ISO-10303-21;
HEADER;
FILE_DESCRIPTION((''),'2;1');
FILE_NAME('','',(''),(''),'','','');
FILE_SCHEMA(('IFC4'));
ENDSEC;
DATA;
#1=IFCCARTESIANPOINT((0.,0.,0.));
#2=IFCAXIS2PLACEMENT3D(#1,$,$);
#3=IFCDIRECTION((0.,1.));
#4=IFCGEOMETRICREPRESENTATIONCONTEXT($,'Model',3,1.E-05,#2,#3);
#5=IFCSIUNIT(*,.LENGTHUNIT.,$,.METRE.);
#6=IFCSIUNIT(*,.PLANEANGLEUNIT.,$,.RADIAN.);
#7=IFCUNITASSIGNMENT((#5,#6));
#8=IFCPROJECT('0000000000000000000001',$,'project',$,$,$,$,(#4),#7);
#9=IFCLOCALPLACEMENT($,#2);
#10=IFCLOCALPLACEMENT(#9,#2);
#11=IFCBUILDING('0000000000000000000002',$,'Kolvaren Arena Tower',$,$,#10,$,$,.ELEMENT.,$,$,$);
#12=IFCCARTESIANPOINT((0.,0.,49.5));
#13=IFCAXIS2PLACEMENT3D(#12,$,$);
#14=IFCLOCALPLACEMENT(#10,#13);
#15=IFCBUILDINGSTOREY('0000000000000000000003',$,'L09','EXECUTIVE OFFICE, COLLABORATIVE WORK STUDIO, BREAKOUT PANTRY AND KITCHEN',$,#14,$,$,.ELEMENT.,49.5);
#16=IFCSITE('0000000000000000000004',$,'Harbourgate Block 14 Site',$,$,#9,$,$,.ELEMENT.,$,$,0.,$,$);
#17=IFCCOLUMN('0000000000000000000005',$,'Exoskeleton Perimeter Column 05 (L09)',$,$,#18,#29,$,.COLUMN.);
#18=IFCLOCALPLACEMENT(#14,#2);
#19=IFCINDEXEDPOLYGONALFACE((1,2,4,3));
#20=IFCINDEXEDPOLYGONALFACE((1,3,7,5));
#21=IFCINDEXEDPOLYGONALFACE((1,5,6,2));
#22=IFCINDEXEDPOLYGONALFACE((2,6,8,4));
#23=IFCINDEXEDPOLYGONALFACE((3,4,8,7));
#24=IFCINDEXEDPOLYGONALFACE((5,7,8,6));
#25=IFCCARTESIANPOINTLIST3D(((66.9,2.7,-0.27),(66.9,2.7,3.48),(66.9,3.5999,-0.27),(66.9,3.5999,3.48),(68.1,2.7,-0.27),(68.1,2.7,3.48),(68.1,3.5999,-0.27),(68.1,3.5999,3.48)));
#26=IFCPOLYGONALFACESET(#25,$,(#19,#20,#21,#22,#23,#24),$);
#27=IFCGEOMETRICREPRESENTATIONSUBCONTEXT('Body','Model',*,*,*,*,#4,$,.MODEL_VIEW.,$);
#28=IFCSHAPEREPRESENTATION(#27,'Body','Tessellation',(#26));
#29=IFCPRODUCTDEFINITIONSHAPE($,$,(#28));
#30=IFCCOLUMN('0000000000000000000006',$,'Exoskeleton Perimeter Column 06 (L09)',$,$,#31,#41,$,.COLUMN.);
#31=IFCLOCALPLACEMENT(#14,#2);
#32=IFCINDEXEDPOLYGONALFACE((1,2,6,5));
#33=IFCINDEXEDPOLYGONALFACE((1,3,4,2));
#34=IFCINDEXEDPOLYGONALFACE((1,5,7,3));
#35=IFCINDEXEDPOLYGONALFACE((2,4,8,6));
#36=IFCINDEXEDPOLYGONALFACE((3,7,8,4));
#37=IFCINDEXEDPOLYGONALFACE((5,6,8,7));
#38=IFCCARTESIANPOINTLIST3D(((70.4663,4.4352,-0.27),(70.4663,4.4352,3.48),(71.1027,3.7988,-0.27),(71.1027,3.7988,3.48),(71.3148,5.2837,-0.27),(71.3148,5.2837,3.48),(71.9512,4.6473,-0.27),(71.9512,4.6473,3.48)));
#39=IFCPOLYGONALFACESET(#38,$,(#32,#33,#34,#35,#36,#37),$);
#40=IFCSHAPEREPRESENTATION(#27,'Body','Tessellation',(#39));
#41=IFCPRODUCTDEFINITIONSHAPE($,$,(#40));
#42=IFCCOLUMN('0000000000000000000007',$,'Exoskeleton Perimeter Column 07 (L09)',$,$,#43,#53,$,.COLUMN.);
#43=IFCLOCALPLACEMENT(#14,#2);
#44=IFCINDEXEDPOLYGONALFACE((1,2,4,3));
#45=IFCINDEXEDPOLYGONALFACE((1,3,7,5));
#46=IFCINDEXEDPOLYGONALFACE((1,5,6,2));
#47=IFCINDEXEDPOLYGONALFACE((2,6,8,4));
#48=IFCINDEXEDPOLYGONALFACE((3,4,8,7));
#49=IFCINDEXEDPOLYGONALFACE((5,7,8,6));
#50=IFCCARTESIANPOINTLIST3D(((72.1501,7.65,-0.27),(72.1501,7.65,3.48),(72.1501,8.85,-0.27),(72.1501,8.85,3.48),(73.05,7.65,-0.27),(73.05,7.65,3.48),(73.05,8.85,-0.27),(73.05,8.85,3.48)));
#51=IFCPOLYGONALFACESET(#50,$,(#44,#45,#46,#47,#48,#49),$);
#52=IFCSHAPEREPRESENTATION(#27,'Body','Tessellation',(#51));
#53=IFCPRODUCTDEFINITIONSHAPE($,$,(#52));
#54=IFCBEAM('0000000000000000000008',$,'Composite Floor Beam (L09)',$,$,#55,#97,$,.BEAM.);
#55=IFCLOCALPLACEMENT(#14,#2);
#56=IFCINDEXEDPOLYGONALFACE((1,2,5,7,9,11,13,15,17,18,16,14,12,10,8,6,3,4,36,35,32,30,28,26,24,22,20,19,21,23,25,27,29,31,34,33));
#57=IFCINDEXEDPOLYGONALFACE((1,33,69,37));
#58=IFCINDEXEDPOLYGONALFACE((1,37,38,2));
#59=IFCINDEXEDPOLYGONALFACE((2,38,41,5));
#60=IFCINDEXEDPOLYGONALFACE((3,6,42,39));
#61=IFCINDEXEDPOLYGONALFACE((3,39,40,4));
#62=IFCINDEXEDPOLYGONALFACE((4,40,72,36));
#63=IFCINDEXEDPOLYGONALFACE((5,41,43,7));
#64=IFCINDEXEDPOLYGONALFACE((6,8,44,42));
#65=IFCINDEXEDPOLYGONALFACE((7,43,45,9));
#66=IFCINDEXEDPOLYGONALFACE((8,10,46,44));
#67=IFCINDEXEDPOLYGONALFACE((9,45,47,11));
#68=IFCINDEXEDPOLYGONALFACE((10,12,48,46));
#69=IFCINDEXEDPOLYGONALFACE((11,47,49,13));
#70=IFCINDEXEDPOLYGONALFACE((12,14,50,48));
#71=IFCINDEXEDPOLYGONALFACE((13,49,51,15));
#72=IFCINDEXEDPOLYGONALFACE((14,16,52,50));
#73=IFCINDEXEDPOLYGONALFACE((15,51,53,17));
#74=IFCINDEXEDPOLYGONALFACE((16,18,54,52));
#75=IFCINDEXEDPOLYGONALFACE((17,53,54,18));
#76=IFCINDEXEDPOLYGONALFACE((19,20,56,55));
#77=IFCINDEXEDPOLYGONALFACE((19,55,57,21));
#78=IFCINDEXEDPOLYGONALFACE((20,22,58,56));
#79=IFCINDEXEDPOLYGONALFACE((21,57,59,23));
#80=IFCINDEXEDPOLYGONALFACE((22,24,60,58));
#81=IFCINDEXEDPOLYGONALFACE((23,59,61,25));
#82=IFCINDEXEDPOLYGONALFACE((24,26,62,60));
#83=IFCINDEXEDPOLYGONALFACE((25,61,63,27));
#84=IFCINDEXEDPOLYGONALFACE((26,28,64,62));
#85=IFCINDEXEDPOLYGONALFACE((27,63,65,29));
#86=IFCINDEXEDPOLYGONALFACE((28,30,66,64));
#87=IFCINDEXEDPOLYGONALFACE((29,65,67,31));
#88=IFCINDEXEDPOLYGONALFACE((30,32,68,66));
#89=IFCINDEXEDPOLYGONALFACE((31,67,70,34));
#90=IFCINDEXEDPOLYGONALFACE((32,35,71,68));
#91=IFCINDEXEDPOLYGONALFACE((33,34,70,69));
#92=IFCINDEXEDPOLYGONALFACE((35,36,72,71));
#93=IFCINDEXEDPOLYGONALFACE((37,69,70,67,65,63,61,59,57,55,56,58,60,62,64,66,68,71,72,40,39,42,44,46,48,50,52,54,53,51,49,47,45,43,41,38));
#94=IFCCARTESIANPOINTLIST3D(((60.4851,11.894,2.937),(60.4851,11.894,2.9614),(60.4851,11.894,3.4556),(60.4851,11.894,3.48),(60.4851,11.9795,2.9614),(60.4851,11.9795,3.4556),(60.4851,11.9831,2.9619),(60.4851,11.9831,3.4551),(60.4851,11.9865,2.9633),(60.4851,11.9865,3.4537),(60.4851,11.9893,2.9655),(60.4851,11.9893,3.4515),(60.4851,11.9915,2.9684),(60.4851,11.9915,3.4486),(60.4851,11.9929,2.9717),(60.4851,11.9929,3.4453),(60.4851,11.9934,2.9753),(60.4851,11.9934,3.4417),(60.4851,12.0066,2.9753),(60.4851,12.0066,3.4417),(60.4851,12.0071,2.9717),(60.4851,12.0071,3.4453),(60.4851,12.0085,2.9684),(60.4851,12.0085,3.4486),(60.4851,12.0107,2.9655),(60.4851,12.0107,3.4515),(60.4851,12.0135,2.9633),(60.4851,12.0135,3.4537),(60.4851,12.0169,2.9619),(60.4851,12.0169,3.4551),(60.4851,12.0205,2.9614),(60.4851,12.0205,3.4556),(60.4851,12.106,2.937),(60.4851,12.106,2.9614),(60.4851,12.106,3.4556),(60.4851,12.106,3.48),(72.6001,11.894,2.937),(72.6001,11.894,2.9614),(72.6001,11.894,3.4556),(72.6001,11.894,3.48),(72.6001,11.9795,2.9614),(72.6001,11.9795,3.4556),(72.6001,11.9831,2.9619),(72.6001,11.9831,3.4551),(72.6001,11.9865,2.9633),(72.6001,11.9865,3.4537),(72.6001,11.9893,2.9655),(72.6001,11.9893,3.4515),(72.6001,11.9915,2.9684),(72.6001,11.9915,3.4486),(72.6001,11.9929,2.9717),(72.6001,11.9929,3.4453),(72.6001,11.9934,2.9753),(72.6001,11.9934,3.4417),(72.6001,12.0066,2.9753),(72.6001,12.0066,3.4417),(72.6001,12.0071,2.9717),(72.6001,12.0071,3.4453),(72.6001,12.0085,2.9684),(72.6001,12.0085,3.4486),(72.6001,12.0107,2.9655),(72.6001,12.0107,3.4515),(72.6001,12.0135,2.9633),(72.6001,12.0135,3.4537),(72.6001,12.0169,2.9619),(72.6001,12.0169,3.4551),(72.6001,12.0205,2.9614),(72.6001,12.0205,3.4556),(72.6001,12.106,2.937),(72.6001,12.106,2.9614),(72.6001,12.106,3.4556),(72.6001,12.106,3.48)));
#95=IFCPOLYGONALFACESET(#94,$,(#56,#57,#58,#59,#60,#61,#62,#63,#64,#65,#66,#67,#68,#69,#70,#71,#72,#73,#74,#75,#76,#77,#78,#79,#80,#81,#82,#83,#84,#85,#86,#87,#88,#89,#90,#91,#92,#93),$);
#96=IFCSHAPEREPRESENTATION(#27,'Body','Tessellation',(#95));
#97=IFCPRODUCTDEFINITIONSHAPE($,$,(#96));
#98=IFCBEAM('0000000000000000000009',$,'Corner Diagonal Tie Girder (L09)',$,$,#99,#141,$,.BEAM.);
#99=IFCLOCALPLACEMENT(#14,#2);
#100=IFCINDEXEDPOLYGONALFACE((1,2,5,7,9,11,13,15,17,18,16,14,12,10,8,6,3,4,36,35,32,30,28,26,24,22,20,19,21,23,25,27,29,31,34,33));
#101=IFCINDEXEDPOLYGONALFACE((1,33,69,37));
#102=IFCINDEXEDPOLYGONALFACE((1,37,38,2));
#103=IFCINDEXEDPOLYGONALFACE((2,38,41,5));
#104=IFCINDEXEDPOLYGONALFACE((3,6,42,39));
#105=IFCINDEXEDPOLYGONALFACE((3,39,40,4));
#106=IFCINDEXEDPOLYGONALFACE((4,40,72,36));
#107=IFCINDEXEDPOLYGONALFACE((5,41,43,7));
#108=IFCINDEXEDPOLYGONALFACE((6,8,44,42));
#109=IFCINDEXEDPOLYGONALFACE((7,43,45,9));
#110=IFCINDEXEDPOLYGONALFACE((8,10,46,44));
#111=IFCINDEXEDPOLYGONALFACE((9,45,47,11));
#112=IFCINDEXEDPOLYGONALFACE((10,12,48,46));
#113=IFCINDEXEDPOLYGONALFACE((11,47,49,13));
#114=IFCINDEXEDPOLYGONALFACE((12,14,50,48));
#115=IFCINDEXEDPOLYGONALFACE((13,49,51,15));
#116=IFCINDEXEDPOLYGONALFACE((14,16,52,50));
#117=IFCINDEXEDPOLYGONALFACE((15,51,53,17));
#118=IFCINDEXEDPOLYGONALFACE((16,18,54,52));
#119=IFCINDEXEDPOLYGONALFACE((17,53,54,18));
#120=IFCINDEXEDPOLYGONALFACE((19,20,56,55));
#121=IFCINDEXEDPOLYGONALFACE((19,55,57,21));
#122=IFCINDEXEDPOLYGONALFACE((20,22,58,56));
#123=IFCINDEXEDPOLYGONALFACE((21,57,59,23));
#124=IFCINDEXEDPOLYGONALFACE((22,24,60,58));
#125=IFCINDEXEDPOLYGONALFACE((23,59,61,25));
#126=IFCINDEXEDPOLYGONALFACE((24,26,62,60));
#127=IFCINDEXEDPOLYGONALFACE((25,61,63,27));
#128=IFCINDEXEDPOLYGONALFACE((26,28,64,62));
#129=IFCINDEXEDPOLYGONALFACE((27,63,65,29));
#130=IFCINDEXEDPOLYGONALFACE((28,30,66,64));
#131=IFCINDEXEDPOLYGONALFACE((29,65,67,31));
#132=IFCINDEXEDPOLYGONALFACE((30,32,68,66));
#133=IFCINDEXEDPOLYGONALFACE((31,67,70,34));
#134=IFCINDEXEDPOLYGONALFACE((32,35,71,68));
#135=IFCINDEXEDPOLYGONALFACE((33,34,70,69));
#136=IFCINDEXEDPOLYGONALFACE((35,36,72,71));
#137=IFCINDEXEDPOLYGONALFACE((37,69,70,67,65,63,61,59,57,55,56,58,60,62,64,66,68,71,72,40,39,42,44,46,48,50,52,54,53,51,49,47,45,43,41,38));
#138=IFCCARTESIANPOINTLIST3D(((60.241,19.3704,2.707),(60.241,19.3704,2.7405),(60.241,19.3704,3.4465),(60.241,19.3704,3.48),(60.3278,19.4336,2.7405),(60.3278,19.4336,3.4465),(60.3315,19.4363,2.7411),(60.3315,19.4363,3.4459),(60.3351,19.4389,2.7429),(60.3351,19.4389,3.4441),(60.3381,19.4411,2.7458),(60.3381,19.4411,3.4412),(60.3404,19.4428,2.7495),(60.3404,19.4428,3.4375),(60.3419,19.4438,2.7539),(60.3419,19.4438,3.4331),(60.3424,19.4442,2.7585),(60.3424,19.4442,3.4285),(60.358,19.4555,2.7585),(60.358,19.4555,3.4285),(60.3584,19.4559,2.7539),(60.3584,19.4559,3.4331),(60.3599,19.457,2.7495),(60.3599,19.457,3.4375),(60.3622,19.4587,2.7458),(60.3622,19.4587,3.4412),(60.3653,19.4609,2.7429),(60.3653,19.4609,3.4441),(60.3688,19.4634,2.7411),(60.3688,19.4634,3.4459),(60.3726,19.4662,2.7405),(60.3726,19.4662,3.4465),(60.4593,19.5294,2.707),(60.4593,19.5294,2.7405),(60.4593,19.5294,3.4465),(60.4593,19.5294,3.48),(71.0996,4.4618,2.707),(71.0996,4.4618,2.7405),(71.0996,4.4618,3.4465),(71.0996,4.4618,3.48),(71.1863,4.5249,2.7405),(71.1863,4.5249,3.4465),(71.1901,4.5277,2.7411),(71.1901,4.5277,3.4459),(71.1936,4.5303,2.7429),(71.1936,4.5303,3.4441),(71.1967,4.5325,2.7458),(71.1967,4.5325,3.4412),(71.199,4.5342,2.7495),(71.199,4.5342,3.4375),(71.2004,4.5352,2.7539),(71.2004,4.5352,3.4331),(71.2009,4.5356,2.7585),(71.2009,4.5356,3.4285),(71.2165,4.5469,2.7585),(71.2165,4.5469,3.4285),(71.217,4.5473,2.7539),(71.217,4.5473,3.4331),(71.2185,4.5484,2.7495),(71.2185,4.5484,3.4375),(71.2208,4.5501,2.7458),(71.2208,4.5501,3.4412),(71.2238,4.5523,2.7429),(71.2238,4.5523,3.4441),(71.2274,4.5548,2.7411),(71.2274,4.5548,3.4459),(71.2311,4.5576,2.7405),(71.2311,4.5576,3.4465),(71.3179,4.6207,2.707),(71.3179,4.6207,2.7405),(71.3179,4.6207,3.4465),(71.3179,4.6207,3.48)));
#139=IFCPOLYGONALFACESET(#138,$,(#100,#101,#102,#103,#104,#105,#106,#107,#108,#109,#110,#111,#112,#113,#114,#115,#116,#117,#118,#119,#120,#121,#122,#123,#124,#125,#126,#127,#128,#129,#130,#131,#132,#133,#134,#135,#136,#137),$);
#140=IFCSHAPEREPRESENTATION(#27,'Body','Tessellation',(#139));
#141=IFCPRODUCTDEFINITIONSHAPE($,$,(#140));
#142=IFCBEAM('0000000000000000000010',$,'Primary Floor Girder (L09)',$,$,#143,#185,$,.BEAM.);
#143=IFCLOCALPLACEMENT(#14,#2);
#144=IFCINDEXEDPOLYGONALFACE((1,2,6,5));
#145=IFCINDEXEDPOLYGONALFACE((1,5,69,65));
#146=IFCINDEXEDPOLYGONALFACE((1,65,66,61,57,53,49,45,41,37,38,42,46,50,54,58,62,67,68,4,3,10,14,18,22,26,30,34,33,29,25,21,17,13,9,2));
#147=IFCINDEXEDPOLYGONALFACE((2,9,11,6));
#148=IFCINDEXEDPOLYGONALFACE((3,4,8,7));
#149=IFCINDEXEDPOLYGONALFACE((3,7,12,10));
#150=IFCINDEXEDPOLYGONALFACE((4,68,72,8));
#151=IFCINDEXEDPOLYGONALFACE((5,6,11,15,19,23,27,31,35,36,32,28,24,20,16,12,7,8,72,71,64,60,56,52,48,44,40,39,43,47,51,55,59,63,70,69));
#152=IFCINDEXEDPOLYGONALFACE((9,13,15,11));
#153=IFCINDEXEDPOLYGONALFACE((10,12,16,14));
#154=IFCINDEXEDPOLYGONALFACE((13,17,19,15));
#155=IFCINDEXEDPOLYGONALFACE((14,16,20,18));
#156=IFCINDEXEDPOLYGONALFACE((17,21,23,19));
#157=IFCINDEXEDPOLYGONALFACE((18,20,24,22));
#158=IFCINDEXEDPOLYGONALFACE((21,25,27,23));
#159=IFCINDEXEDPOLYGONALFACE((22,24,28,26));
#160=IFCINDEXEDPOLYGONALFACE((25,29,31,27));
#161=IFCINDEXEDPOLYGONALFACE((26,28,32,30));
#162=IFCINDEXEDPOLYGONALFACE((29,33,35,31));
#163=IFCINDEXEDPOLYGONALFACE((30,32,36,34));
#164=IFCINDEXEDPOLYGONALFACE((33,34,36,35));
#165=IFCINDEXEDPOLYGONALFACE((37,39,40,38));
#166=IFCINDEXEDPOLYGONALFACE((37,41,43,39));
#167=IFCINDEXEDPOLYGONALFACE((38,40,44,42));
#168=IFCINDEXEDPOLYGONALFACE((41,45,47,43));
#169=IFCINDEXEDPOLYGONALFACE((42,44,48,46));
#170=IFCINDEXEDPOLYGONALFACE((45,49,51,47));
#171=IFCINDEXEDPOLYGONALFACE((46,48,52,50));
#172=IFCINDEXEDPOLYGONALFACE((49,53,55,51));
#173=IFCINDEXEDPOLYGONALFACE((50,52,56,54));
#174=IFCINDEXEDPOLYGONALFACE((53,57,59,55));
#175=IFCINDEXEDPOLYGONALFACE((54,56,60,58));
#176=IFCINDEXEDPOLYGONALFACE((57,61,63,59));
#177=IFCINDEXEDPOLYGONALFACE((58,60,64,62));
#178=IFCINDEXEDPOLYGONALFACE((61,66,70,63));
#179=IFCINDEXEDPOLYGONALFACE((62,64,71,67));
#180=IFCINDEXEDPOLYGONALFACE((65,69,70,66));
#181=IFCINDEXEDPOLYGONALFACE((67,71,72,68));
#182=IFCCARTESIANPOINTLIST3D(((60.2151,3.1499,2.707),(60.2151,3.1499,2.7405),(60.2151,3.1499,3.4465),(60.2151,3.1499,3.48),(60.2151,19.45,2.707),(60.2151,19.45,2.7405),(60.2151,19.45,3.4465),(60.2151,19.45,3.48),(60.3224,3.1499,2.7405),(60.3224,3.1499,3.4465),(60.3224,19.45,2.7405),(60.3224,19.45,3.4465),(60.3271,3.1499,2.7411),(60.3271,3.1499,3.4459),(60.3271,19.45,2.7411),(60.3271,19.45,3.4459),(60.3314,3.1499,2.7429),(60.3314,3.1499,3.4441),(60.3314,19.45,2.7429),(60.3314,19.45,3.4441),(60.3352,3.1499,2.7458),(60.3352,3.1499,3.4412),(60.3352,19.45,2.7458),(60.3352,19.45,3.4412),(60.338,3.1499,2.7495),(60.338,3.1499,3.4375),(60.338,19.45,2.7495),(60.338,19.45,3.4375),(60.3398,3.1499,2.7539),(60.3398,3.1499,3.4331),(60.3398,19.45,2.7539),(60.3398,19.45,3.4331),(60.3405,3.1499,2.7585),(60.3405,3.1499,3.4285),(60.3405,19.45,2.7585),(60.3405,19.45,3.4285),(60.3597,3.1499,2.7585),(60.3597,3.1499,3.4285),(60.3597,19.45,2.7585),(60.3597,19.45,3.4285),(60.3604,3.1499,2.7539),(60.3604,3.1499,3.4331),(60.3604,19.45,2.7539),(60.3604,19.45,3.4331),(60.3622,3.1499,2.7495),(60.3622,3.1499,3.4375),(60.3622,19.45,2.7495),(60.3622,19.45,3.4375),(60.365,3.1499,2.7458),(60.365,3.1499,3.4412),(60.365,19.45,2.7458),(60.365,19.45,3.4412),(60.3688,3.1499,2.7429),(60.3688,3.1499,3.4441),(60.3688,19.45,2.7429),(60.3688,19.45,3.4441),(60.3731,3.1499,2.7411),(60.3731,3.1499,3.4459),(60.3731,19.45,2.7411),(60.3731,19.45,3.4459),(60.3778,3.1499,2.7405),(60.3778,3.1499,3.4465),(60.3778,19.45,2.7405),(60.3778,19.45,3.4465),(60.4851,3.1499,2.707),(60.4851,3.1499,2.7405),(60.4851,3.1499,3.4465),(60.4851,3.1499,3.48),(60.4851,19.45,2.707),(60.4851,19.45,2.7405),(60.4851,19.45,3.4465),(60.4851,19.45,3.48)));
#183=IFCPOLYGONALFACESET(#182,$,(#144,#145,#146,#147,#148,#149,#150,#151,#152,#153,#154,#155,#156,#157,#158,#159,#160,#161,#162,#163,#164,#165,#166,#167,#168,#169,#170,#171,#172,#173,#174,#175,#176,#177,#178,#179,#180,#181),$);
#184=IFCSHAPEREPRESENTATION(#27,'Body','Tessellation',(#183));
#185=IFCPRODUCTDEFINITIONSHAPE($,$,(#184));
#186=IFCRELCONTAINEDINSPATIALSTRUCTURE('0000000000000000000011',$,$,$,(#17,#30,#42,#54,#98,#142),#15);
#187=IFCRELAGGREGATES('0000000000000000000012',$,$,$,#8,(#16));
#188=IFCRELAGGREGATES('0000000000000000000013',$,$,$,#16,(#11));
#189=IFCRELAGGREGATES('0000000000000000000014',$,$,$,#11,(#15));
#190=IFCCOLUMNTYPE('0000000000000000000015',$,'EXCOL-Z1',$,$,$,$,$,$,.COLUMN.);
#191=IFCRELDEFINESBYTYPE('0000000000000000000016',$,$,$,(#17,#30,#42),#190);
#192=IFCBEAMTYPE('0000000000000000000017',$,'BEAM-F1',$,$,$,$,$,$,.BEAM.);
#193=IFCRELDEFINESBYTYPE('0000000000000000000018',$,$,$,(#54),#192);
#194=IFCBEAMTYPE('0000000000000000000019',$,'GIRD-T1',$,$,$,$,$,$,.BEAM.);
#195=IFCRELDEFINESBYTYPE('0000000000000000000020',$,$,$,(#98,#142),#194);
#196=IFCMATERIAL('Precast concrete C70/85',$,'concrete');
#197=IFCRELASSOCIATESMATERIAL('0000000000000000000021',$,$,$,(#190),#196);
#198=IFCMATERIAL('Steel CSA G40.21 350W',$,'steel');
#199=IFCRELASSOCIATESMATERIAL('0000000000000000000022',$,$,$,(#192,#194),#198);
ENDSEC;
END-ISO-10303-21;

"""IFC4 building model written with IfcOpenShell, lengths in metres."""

from ifc_helpers import new_model, si_unit, direction, frame, origin, origin_2d, place, context, subcontext, project, spatial, rectangle, i_section, extrude, material, material_profile, profile_set, type_object, element, save


model = new_model("IFC4")

# Units and contexts
model_context = context("Model", 3, precision=1e-05, world=origin(), true_north=direction((0.0, 1.0)))
body_context = subcontext(model_context, "Body", "Model", "MODEL_VIEW")
ifc_project = project(units=[si_unit("LENGTHUNIT", "METRE"), si_unit("PLANEANGLEUNIT", "RADIAN")], contexts=[model_context])

# Site, building, storey
site_placement = place(None, origin())
site = spatial("IfcSite", under=ifc_project, at=site_placement, Name="Harbourgate Block 14 Site", CompositionType="ELEMENT", RefElevation=0.0)
building_placement = place(site_placement, origin())
building = spatial("IfcBuilding", under=site, at=building_placement, Name="Kolvaren Arena Tower", CompositionType="ELEMENT")
storey_placement = place(building_placement, frame((0.0, 0.0, 49.5)))
storey = spatial("IfcBuildingStorey", under=building, at=storey_placement, Name="L09", Description="EXECUTIVE OFFICE, COLLABORATIVE WORK STUDIO, BREAKOUT PANTRY AND KITCHEN", CompositionType="ELEMENT", Elevation=49.5)

# Columns
ifc_material_1 = material(Name="Precast concrete C70/85", Category="concrete")
ifc_material_profile_1 = material_profile(ifc_material_1, rectangle(XDim=1.2, YDim=0.8999, at=origin_2d()), Name="RC-1200x900")
ifc_profile_set_1 = profile_set([ifc_material_profile_1], Name="Precast concrete C70/85")
column_type = type_object("IfcColumnType", Name="EXCOL-Z1", PredefinedType="COLUMN", material=ifc_profile_set_1)
for number, where, z_axis, x_axis, name in (
    (1, (67.5, 3.1499, -0.27), (0.0, 0.0, 1.0), (1.0, 0.0, 0.0), "Exoskeleton Perimeter Column 05 (L09)"),
    (2, (71.2087, 4.5413, -0.27), (0.0, 0.0, 1.0), (0.707107, 0.707107, 0.0), "Exoskeleton Perimeter Column 06 (L09)"),
    (3, (72.6001, 8.25, -0.27), (0.0, 0.0, 1.0), (0.0, 1.0, 0.0), "Exoskeleton Perimeter Column 07 (L09)"),
):
    element("IfcColumn", number, at=place(storey_placement, frame(where, z_axis=z_axis, x_axis=x_axis)), inside=storey, type_object=column_type, Name=name, PredefinedType="COLUMN", context=body_context, shape_type="SweptSolid", body=[
        extrude(rectangle(XDim=1.2, YDim=0.8999, at=origin_2d()), origin(), (0.0, 0.0, 1.0), 3.75),
    ])

# Beams
ifc_material_2 = material(Name="Steel CSA G40.21 350W", Category="steel")
ifc_material_profile_2 = material_profile(ifc_material_2, i_section(OverallWidth=0.2119, OverallDepth=0.543, WebThickness=0.0132, FlangeThickness=0.0244, FilletRadius=0.0139, at=origin_2d()), Name="W530x150")
ifc_profile_set_2 = profile_set([ifc_material_profile_2], Name="Steel CSA G40.21 350W")
beam_type_1 = type_object("IfcBeamType", Name="BEAM-F1", PredefinedType="BEAM", material=ifc_profile_set_2)
beam_1_placement = place(storey_placement, frame((60.4851, 12.0, 3.2085), z_axis=(1.0, 0.0, 0.0), x_axis=(0.0, 1.0, 0.0)))
element("IfcBeam", 4, at=beam_1_placement, inside=storey, type_object=beam_type_1, Name="Composite Floor Beam (L09)", PredefinedType="BEAM", context=body_context, shape_type="SweptSolid", body=[
    extrude(i_section(OverallWidth=0.2119, OverallDepth=0.543, WebThickness=0.0132, FlangeThickness=0.0244, FilletRadius=0.0139, at=origin_2d()), origin(), (0.0, 0.0, 1.0), 12.115),
])
ifc_material_profile_3 = material_profile(ifc_material_2, i_section(OverallWidth=0.27, OverallDepth=0.7729, WebThickness=0.0193, FlangeThickness=0.0334, FilletRadius=0.0181, at=origin_2d()), Name="W760x257")
ifc_profile_set_3 = profile_set([ifc_material_profile_3], Name="Steel CSA G40.21 350W")
beam_type_2 = type_object("IfcBeamType", Name="GIRD-T1", PredefinedType="BEAM", material=ifc_profile_set_3)
beam_2_placement = place(storey_placement, frame((71.2087, 4.5413, 3.0935), z_axis=(-0.588737, 0.808324, 0.0), x_axis=(-0.808324, -0.588737, 0.0)))
element("IfcBeam", 5, at=beam_2_placement, inside=storey, type_object=beam_type_2, Name="Corner Diagonal Tie Girder (L09)", PredefinedType="BEAM", context=body_context, shape_type="SweptSolid", body=[
    extrude(i_section(OverallWidth=0.27, OverallDepth=0.7729, WebThickness=0.0193, FlangeThickness=0.0334, FilletRadius=0.0181, at=origin_2d()), origin(), (0.0, 0.0, 1.0), 18.4438),
])
beam_3_placement = place(storey_placement, frame((60.3501, 3.1499, 3.0935), z_axis=(0.0, 1.0, 0.0), x_axis=(-1.0, 0.0, 0.0)))
element("IfcBeam", 6, at=beam_3_placement, inside=storey, type_object=beam_type_2, Name="Primary Floor Girder (L09)", PredefinedType="BEAM", context=body_context, shape_type="SweptSolid", body=[
    extrude(i_section(OverallWidth=0.27, OverallDepth=0.7729, WebThickness=0.0193, FlangeThickness=0.0334, FilletRadius=0.0181, at=origin_2d()), origin(), (0.0, 0.0, 1.0), 16.3),
])

save(model, "model.ifc")
